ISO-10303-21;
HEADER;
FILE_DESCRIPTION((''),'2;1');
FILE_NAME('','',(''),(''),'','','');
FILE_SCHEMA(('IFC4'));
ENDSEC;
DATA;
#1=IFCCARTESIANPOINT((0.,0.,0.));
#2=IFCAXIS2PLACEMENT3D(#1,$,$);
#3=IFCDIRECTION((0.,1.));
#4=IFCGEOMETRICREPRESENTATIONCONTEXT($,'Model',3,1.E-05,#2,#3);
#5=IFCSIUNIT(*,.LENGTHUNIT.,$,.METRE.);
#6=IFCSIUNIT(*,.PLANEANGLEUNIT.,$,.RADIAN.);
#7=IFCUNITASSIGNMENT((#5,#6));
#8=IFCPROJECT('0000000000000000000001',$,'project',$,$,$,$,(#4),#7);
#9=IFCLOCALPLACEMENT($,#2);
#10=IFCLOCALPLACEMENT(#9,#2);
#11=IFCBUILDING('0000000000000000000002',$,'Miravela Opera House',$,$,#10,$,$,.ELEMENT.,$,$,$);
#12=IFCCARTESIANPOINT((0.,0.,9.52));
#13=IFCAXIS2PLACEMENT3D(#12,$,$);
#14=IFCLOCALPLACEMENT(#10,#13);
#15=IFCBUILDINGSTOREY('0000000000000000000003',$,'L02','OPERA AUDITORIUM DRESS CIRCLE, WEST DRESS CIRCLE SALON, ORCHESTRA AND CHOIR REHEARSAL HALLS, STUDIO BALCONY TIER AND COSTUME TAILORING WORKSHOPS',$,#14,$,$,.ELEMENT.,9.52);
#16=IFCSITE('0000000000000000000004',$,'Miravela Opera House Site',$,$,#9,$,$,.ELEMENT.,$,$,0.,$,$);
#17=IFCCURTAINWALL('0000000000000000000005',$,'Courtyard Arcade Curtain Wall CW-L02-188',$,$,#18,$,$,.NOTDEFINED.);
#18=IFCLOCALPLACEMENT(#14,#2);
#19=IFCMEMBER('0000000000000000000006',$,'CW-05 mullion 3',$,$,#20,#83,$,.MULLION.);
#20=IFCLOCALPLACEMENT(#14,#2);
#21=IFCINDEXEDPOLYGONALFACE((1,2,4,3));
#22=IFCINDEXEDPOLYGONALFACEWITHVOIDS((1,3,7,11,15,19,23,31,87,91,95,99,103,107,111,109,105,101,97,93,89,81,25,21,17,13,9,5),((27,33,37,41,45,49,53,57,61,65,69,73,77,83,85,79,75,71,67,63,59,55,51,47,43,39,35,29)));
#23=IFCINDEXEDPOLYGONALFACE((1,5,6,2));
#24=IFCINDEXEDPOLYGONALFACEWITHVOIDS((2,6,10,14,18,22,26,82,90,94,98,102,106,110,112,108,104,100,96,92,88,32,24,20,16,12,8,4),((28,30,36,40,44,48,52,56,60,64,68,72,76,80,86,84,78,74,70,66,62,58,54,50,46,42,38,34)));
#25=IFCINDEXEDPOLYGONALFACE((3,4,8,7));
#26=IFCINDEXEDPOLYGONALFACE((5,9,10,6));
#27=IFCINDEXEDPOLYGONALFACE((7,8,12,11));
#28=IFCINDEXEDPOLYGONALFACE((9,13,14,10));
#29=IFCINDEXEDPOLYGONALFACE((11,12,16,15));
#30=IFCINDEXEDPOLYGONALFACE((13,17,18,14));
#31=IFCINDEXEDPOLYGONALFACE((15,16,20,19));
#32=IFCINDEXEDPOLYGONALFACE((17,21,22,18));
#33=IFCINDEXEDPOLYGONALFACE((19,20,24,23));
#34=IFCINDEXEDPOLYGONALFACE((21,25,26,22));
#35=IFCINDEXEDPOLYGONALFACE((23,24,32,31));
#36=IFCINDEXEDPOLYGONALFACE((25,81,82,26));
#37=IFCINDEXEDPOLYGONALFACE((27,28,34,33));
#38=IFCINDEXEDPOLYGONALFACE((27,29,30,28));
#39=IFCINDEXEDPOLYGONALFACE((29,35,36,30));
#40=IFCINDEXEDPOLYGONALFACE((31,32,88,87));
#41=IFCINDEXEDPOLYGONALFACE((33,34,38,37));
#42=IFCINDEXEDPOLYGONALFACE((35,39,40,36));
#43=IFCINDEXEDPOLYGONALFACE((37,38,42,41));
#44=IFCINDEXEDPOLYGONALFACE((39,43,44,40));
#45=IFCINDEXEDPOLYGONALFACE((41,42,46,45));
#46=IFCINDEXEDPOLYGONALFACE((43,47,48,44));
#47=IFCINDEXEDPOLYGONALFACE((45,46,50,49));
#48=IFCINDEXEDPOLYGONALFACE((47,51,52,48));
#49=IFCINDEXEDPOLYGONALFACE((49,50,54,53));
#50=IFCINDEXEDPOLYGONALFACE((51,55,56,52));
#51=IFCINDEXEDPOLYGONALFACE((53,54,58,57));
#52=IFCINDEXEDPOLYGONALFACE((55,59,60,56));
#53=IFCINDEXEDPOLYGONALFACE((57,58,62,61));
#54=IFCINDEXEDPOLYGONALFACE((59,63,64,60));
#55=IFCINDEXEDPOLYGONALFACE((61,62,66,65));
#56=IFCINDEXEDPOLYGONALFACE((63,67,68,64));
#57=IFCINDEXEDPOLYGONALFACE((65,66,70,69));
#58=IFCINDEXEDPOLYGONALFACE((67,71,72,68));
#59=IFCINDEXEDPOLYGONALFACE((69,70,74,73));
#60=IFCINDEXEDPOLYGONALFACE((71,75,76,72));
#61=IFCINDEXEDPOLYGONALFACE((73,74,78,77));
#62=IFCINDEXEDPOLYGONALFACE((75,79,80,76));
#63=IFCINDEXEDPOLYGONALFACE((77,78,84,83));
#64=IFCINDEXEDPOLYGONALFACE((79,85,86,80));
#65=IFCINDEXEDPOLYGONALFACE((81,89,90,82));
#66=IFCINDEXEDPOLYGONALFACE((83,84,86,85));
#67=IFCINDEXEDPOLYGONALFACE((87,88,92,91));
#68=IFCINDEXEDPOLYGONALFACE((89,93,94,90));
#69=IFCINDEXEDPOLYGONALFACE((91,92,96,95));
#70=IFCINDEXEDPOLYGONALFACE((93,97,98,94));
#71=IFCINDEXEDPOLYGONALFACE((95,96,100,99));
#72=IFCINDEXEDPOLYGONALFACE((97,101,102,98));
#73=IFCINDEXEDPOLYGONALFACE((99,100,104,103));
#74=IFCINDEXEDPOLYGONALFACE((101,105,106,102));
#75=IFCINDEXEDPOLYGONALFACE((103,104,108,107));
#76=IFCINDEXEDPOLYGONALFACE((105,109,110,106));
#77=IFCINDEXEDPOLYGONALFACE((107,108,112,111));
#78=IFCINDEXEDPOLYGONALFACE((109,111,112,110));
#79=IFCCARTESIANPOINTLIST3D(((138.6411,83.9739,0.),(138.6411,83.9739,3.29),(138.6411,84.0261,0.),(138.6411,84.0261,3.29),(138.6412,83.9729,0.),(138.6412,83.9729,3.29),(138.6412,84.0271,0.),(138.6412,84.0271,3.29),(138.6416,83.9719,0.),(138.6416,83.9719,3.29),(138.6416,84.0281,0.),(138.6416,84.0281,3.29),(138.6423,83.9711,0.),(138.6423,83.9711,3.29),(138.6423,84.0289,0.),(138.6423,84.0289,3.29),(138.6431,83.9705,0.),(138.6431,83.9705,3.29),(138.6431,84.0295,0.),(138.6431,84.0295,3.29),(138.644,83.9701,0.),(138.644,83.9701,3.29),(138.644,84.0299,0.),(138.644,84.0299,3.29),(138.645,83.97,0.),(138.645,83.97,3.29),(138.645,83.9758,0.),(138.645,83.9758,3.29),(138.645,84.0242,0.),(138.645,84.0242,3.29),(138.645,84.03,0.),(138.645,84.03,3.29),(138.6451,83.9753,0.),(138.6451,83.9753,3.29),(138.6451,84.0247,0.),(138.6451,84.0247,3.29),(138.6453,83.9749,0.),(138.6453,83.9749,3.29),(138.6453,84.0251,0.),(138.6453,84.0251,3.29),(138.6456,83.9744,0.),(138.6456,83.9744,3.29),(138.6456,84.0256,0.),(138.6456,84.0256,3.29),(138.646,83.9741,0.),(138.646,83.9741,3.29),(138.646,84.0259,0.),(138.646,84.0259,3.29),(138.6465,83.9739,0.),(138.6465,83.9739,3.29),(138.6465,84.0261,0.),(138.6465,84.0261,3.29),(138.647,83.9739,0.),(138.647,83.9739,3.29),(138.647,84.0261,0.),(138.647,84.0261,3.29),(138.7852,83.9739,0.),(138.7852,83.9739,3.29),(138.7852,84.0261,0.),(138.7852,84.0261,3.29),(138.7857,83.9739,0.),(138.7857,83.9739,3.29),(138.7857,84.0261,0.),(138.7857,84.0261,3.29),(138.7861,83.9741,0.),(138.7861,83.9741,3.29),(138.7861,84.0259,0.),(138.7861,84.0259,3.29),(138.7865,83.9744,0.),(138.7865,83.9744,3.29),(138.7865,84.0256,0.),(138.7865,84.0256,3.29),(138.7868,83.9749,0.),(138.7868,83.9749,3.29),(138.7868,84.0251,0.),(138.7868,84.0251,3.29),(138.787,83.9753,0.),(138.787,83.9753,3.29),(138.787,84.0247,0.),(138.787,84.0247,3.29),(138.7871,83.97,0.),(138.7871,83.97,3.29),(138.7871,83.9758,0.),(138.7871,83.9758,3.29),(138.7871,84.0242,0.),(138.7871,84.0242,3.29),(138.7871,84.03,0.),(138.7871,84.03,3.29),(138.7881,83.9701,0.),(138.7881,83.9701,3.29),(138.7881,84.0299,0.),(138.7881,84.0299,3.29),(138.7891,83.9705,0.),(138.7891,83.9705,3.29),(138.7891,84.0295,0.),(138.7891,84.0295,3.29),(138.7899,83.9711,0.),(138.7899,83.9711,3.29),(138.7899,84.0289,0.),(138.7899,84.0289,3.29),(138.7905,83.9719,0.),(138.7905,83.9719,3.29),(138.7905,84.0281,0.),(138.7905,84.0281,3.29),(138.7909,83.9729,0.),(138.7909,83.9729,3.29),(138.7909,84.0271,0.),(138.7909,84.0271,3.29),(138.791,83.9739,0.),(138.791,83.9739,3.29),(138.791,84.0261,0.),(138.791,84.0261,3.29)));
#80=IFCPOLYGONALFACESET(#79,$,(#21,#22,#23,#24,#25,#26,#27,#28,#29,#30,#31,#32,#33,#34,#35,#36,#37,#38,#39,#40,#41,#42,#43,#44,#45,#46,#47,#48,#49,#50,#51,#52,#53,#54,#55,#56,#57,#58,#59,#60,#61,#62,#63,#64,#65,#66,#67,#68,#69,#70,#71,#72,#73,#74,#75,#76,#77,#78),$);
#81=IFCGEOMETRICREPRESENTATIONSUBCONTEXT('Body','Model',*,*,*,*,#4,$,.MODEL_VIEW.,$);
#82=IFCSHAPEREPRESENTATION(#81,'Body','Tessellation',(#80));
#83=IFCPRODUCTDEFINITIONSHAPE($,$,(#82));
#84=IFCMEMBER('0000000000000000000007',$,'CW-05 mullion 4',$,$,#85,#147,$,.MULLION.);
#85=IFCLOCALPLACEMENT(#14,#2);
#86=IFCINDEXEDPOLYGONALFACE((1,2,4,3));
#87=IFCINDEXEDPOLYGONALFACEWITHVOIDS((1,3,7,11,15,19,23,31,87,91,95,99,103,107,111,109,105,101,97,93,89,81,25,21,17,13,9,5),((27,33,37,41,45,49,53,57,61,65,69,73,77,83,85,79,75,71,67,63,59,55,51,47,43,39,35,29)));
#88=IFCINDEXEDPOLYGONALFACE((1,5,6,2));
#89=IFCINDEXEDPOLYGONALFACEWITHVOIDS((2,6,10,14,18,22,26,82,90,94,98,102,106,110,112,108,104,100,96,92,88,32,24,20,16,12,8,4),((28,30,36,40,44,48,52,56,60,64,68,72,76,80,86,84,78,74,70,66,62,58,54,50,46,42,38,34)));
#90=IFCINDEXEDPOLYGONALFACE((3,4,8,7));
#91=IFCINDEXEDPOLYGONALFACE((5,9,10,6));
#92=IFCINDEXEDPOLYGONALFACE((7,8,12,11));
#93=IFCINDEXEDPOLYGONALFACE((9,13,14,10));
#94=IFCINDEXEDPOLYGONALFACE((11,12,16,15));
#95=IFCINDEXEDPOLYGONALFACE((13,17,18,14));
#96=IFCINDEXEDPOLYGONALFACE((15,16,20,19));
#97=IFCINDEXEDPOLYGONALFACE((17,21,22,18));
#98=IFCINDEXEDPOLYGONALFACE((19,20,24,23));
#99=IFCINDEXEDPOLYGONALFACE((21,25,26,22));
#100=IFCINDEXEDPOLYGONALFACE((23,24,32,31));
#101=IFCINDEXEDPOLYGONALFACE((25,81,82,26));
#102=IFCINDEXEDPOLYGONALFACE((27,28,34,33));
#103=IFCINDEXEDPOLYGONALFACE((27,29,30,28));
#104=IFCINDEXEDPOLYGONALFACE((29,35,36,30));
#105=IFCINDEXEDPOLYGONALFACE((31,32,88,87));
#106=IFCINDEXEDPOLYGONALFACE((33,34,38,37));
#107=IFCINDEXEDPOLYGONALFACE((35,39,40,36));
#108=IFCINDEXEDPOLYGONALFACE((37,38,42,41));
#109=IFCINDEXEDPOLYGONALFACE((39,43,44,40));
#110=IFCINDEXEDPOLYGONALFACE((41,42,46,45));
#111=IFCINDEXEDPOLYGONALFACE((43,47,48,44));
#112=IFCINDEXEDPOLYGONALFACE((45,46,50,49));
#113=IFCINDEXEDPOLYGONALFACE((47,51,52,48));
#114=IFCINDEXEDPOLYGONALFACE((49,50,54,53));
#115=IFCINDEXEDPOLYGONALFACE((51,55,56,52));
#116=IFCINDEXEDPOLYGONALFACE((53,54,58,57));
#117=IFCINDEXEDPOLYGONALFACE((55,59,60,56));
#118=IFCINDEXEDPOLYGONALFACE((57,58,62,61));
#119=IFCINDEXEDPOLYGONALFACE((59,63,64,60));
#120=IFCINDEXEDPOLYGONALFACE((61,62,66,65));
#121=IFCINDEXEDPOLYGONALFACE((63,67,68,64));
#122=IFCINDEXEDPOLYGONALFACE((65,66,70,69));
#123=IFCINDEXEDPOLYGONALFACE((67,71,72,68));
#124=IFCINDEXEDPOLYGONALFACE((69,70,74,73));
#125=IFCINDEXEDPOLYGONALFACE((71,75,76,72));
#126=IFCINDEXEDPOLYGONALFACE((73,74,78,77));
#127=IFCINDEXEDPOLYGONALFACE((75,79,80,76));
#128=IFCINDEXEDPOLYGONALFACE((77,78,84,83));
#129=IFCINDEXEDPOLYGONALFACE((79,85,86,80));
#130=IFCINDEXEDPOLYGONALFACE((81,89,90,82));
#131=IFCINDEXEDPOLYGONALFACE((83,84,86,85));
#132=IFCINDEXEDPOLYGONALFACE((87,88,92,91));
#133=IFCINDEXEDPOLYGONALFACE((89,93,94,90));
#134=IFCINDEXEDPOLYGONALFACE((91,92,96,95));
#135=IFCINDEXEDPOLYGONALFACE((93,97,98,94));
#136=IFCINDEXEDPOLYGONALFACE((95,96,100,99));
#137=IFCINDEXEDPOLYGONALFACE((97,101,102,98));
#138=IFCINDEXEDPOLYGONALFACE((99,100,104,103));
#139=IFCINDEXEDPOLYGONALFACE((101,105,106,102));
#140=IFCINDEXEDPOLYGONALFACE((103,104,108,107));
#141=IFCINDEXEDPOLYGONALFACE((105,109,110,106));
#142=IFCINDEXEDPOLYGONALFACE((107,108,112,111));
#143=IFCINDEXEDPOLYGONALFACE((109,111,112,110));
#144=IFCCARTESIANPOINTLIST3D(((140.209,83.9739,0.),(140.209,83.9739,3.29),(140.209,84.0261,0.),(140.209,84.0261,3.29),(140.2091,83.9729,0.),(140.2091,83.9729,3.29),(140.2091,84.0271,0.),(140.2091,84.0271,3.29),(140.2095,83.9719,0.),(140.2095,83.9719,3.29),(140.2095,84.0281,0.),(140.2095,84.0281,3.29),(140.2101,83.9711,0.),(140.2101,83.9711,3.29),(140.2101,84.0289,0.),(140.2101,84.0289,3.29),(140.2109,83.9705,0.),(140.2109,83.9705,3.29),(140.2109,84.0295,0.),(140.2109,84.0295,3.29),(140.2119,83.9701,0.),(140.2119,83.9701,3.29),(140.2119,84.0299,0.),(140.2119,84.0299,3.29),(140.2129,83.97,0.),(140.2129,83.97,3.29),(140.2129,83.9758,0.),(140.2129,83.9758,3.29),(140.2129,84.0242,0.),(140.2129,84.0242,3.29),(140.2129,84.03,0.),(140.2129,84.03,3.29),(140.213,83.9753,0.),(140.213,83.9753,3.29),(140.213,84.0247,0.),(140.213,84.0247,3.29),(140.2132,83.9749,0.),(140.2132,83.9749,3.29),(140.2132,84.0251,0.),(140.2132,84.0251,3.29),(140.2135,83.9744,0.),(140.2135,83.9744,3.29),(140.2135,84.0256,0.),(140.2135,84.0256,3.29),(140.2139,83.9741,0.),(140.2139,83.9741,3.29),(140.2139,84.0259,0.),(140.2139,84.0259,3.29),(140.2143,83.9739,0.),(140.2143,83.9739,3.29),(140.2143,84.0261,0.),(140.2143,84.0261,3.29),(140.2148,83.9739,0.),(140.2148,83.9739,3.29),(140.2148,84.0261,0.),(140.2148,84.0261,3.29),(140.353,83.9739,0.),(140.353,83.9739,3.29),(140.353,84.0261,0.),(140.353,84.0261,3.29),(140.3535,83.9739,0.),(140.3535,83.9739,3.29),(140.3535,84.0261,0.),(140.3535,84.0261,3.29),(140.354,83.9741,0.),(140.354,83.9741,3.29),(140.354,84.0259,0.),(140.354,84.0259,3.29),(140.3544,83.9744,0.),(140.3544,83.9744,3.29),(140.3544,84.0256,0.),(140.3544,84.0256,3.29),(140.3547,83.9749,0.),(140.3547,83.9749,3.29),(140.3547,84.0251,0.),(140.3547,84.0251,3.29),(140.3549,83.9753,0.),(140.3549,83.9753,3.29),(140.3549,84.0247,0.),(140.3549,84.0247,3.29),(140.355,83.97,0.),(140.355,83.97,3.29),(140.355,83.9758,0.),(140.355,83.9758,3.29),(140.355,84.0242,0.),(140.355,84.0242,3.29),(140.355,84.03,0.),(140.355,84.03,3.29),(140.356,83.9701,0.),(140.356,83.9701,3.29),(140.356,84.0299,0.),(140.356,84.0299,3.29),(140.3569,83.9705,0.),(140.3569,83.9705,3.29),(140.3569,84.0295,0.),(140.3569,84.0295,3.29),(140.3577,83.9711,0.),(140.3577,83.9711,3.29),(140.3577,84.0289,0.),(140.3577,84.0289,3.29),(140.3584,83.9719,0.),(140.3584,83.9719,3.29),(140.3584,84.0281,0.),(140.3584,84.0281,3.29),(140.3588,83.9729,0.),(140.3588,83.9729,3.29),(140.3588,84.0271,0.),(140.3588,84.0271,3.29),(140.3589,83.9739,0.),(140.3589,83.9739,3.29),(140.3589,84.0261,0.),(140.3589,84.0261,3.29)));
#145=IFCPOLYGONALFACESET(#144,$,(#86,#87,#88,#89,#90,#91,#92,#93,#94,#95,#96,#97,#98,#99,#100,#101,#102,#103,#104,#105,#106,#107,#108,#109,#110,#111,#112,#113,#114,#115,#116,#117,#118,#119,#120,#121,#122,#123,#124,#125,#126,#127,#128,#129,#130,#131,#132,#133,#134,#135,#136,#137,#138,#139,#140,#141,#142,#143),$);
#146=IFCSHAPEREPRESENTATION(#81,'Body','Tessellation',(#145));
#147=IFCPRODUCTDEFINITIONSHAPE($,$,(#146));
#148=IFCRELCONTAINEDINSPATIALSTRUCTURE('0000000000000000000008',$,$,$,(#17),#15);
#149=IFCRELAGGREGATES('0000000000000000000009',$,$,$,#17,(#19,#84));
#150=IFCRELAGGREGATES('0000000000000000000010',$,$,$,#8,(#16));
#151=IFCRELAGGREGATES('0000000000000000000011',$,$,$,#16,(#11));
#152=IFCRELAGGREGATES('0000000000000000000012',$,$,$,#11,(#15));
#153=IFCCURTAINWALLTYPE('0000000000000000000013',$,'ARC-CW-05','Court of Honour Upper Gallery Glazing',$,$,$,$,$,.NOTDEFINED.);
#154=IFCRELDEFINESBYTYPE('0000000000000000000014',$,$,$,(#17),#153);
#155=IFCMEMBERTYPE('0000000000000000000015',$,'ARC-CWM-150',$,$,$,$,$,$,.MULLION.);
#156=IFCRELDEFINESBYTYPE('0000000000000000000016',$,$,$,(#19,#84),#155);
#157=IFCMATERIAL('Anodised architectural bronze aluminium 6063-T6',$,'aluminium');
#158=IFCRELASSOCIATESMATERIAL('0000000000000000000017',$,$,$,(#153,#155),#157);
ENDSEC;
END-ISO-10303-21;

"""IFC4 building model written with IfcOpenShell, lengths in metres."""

from ifc_helpers import new_model, si_unit, direction, frame, origin, origin_2d, place, context, subcontext, project, spatial, hollow_rectangle, extrude, material, material_profile, profile_set, type_object, element, aggregate, save


model = new_model("IFC4")

# Units and contexts
model_context = context("Model", 3, precision=1e-05, world=origin(), true_north=direction((0.0, 1.0)))
body_context = subcontext(model_context, "Body", "Model", "MODEL_VIEW")
ifc_project = project(units=[si_unit("LENGTHUNIT", "METRE"), si_unit("PLANEANGLEUNIT", "RADIAN")], contexts=[model_context])

# Site, building, storey
site_placement = place(None, origin())
site = spatial("IfcSite", under=ifc_project, at=site_placement, Name="Miravela Opera House Site", CompositionType="ELEMENT", RefElevation=0.0)
building_placement = place(site_placement, origin())
building = spatial("IfcBuilding", under=site, at=building_placement, Name="Miravela Opera House", CompositionType="ELEMENT")
storey_placement = place(building_placement, frame((0.0, 0.0, 9.52)))
storey = spatial("IfcBuildingStorey", under=building, at=storey_placement, Name="L02", Description="OPERA AUDITORIUM DRESS CIRCLE, WEST DRESS CIRCLE SALON, ORCHESTRA AND CHOIR REHEARSAL HALLS, STUDIO BALCONY TIER AND COSTUME TAILORING WORKSHOPS", CompositionType="ELEMENT", Elevation=9.52)

# Curtain wall, members
ifc_material_1 = material(Name="Anodised architectural bronze aluminium 6063-T6", Category="aluminium")
curtain_wall_type = type_object("IfcCurtainWallType", Name="ARC-CW-05", Description="Court of Honour Upper Gallery Glazing", PredefinedType="NOTDEFINED", material=ifc_material_1)
curtain_wall_placement = place(storey_placement, origin())
curtain_wall = element("IfcCurtainWall", 1, at=curtain_wall_placement, inside=storey, type_object=curtain_wall_type, Name="Courtyard Arcade Curtain Wall CW-L02-188", PredefinedType="NOTDEFINED")
ifc_material_profile_1 = material_profile(ifc_material_1, hollow_rectangle(XDim=0.0601, YDim=0.1499, WallThickness=0.0039, InnerFilletRadius=0.002, OuterFilletRadius=0.0039, at=origin_2d()), Name="CWM-60X150")
ifc_profile_set_1 = profile_set([ifc_material_profile_1])
member_type_1 = type_object("IfcMemberType", Name="ARC-CWM-150", PredefinedType="MULLION", material=ifc_profile_set_1)
member_1_placement = place(storey_placement, frame((138.7161, 84.0, 0.0), z_axis=(0.0, 0.0, 1.0), x_axis=(0.0, 1.0, 0.0)))
member_1 = element("IfcMember", 2, at=member_1_placement, type_object=member_type_1, Name="CW-05 mullion 3", PredefinedType="MULLION", context=body_context, shape_type="SweptSolid", body=[
    extrude(hollow_rectangle(XDim=0.0601, YDim=0.1499, WallThickness=0.0039, InnerFilletRadius=0.002, OuterFilletRadius=0.0039, at=origin_2d()), origin(), (0.0, 0.0, 1.0), 3.29),
])
member_2_placement = place(storey_placement, frame((140.2839, 84.0, 0.0), z_axis=(0.0, 0.0, 1.0), x_axis=(0.0, 1.0, 0.0)))
member_2 = element("IfcMember", 3, at=member_2_placement, type_object=member_type_1, Name="CW-05 mullion 4", PredefinedType="MULLION", context=body_context, shape_type="SweptSolid", body=[
    extrude(hollow_rectangle(XDim=0.0601, YDim=0.1499, WallThickness=0.0039, InnerFilletRadius=0.002, OuterFilletRadius=0.0039, at=origin_2d()), origin(), (0.0, 0.0, 1.0), 3.29),
])
aggregate(curtain_wall, [member_1, member_2])

save(model, "model.ifc")
